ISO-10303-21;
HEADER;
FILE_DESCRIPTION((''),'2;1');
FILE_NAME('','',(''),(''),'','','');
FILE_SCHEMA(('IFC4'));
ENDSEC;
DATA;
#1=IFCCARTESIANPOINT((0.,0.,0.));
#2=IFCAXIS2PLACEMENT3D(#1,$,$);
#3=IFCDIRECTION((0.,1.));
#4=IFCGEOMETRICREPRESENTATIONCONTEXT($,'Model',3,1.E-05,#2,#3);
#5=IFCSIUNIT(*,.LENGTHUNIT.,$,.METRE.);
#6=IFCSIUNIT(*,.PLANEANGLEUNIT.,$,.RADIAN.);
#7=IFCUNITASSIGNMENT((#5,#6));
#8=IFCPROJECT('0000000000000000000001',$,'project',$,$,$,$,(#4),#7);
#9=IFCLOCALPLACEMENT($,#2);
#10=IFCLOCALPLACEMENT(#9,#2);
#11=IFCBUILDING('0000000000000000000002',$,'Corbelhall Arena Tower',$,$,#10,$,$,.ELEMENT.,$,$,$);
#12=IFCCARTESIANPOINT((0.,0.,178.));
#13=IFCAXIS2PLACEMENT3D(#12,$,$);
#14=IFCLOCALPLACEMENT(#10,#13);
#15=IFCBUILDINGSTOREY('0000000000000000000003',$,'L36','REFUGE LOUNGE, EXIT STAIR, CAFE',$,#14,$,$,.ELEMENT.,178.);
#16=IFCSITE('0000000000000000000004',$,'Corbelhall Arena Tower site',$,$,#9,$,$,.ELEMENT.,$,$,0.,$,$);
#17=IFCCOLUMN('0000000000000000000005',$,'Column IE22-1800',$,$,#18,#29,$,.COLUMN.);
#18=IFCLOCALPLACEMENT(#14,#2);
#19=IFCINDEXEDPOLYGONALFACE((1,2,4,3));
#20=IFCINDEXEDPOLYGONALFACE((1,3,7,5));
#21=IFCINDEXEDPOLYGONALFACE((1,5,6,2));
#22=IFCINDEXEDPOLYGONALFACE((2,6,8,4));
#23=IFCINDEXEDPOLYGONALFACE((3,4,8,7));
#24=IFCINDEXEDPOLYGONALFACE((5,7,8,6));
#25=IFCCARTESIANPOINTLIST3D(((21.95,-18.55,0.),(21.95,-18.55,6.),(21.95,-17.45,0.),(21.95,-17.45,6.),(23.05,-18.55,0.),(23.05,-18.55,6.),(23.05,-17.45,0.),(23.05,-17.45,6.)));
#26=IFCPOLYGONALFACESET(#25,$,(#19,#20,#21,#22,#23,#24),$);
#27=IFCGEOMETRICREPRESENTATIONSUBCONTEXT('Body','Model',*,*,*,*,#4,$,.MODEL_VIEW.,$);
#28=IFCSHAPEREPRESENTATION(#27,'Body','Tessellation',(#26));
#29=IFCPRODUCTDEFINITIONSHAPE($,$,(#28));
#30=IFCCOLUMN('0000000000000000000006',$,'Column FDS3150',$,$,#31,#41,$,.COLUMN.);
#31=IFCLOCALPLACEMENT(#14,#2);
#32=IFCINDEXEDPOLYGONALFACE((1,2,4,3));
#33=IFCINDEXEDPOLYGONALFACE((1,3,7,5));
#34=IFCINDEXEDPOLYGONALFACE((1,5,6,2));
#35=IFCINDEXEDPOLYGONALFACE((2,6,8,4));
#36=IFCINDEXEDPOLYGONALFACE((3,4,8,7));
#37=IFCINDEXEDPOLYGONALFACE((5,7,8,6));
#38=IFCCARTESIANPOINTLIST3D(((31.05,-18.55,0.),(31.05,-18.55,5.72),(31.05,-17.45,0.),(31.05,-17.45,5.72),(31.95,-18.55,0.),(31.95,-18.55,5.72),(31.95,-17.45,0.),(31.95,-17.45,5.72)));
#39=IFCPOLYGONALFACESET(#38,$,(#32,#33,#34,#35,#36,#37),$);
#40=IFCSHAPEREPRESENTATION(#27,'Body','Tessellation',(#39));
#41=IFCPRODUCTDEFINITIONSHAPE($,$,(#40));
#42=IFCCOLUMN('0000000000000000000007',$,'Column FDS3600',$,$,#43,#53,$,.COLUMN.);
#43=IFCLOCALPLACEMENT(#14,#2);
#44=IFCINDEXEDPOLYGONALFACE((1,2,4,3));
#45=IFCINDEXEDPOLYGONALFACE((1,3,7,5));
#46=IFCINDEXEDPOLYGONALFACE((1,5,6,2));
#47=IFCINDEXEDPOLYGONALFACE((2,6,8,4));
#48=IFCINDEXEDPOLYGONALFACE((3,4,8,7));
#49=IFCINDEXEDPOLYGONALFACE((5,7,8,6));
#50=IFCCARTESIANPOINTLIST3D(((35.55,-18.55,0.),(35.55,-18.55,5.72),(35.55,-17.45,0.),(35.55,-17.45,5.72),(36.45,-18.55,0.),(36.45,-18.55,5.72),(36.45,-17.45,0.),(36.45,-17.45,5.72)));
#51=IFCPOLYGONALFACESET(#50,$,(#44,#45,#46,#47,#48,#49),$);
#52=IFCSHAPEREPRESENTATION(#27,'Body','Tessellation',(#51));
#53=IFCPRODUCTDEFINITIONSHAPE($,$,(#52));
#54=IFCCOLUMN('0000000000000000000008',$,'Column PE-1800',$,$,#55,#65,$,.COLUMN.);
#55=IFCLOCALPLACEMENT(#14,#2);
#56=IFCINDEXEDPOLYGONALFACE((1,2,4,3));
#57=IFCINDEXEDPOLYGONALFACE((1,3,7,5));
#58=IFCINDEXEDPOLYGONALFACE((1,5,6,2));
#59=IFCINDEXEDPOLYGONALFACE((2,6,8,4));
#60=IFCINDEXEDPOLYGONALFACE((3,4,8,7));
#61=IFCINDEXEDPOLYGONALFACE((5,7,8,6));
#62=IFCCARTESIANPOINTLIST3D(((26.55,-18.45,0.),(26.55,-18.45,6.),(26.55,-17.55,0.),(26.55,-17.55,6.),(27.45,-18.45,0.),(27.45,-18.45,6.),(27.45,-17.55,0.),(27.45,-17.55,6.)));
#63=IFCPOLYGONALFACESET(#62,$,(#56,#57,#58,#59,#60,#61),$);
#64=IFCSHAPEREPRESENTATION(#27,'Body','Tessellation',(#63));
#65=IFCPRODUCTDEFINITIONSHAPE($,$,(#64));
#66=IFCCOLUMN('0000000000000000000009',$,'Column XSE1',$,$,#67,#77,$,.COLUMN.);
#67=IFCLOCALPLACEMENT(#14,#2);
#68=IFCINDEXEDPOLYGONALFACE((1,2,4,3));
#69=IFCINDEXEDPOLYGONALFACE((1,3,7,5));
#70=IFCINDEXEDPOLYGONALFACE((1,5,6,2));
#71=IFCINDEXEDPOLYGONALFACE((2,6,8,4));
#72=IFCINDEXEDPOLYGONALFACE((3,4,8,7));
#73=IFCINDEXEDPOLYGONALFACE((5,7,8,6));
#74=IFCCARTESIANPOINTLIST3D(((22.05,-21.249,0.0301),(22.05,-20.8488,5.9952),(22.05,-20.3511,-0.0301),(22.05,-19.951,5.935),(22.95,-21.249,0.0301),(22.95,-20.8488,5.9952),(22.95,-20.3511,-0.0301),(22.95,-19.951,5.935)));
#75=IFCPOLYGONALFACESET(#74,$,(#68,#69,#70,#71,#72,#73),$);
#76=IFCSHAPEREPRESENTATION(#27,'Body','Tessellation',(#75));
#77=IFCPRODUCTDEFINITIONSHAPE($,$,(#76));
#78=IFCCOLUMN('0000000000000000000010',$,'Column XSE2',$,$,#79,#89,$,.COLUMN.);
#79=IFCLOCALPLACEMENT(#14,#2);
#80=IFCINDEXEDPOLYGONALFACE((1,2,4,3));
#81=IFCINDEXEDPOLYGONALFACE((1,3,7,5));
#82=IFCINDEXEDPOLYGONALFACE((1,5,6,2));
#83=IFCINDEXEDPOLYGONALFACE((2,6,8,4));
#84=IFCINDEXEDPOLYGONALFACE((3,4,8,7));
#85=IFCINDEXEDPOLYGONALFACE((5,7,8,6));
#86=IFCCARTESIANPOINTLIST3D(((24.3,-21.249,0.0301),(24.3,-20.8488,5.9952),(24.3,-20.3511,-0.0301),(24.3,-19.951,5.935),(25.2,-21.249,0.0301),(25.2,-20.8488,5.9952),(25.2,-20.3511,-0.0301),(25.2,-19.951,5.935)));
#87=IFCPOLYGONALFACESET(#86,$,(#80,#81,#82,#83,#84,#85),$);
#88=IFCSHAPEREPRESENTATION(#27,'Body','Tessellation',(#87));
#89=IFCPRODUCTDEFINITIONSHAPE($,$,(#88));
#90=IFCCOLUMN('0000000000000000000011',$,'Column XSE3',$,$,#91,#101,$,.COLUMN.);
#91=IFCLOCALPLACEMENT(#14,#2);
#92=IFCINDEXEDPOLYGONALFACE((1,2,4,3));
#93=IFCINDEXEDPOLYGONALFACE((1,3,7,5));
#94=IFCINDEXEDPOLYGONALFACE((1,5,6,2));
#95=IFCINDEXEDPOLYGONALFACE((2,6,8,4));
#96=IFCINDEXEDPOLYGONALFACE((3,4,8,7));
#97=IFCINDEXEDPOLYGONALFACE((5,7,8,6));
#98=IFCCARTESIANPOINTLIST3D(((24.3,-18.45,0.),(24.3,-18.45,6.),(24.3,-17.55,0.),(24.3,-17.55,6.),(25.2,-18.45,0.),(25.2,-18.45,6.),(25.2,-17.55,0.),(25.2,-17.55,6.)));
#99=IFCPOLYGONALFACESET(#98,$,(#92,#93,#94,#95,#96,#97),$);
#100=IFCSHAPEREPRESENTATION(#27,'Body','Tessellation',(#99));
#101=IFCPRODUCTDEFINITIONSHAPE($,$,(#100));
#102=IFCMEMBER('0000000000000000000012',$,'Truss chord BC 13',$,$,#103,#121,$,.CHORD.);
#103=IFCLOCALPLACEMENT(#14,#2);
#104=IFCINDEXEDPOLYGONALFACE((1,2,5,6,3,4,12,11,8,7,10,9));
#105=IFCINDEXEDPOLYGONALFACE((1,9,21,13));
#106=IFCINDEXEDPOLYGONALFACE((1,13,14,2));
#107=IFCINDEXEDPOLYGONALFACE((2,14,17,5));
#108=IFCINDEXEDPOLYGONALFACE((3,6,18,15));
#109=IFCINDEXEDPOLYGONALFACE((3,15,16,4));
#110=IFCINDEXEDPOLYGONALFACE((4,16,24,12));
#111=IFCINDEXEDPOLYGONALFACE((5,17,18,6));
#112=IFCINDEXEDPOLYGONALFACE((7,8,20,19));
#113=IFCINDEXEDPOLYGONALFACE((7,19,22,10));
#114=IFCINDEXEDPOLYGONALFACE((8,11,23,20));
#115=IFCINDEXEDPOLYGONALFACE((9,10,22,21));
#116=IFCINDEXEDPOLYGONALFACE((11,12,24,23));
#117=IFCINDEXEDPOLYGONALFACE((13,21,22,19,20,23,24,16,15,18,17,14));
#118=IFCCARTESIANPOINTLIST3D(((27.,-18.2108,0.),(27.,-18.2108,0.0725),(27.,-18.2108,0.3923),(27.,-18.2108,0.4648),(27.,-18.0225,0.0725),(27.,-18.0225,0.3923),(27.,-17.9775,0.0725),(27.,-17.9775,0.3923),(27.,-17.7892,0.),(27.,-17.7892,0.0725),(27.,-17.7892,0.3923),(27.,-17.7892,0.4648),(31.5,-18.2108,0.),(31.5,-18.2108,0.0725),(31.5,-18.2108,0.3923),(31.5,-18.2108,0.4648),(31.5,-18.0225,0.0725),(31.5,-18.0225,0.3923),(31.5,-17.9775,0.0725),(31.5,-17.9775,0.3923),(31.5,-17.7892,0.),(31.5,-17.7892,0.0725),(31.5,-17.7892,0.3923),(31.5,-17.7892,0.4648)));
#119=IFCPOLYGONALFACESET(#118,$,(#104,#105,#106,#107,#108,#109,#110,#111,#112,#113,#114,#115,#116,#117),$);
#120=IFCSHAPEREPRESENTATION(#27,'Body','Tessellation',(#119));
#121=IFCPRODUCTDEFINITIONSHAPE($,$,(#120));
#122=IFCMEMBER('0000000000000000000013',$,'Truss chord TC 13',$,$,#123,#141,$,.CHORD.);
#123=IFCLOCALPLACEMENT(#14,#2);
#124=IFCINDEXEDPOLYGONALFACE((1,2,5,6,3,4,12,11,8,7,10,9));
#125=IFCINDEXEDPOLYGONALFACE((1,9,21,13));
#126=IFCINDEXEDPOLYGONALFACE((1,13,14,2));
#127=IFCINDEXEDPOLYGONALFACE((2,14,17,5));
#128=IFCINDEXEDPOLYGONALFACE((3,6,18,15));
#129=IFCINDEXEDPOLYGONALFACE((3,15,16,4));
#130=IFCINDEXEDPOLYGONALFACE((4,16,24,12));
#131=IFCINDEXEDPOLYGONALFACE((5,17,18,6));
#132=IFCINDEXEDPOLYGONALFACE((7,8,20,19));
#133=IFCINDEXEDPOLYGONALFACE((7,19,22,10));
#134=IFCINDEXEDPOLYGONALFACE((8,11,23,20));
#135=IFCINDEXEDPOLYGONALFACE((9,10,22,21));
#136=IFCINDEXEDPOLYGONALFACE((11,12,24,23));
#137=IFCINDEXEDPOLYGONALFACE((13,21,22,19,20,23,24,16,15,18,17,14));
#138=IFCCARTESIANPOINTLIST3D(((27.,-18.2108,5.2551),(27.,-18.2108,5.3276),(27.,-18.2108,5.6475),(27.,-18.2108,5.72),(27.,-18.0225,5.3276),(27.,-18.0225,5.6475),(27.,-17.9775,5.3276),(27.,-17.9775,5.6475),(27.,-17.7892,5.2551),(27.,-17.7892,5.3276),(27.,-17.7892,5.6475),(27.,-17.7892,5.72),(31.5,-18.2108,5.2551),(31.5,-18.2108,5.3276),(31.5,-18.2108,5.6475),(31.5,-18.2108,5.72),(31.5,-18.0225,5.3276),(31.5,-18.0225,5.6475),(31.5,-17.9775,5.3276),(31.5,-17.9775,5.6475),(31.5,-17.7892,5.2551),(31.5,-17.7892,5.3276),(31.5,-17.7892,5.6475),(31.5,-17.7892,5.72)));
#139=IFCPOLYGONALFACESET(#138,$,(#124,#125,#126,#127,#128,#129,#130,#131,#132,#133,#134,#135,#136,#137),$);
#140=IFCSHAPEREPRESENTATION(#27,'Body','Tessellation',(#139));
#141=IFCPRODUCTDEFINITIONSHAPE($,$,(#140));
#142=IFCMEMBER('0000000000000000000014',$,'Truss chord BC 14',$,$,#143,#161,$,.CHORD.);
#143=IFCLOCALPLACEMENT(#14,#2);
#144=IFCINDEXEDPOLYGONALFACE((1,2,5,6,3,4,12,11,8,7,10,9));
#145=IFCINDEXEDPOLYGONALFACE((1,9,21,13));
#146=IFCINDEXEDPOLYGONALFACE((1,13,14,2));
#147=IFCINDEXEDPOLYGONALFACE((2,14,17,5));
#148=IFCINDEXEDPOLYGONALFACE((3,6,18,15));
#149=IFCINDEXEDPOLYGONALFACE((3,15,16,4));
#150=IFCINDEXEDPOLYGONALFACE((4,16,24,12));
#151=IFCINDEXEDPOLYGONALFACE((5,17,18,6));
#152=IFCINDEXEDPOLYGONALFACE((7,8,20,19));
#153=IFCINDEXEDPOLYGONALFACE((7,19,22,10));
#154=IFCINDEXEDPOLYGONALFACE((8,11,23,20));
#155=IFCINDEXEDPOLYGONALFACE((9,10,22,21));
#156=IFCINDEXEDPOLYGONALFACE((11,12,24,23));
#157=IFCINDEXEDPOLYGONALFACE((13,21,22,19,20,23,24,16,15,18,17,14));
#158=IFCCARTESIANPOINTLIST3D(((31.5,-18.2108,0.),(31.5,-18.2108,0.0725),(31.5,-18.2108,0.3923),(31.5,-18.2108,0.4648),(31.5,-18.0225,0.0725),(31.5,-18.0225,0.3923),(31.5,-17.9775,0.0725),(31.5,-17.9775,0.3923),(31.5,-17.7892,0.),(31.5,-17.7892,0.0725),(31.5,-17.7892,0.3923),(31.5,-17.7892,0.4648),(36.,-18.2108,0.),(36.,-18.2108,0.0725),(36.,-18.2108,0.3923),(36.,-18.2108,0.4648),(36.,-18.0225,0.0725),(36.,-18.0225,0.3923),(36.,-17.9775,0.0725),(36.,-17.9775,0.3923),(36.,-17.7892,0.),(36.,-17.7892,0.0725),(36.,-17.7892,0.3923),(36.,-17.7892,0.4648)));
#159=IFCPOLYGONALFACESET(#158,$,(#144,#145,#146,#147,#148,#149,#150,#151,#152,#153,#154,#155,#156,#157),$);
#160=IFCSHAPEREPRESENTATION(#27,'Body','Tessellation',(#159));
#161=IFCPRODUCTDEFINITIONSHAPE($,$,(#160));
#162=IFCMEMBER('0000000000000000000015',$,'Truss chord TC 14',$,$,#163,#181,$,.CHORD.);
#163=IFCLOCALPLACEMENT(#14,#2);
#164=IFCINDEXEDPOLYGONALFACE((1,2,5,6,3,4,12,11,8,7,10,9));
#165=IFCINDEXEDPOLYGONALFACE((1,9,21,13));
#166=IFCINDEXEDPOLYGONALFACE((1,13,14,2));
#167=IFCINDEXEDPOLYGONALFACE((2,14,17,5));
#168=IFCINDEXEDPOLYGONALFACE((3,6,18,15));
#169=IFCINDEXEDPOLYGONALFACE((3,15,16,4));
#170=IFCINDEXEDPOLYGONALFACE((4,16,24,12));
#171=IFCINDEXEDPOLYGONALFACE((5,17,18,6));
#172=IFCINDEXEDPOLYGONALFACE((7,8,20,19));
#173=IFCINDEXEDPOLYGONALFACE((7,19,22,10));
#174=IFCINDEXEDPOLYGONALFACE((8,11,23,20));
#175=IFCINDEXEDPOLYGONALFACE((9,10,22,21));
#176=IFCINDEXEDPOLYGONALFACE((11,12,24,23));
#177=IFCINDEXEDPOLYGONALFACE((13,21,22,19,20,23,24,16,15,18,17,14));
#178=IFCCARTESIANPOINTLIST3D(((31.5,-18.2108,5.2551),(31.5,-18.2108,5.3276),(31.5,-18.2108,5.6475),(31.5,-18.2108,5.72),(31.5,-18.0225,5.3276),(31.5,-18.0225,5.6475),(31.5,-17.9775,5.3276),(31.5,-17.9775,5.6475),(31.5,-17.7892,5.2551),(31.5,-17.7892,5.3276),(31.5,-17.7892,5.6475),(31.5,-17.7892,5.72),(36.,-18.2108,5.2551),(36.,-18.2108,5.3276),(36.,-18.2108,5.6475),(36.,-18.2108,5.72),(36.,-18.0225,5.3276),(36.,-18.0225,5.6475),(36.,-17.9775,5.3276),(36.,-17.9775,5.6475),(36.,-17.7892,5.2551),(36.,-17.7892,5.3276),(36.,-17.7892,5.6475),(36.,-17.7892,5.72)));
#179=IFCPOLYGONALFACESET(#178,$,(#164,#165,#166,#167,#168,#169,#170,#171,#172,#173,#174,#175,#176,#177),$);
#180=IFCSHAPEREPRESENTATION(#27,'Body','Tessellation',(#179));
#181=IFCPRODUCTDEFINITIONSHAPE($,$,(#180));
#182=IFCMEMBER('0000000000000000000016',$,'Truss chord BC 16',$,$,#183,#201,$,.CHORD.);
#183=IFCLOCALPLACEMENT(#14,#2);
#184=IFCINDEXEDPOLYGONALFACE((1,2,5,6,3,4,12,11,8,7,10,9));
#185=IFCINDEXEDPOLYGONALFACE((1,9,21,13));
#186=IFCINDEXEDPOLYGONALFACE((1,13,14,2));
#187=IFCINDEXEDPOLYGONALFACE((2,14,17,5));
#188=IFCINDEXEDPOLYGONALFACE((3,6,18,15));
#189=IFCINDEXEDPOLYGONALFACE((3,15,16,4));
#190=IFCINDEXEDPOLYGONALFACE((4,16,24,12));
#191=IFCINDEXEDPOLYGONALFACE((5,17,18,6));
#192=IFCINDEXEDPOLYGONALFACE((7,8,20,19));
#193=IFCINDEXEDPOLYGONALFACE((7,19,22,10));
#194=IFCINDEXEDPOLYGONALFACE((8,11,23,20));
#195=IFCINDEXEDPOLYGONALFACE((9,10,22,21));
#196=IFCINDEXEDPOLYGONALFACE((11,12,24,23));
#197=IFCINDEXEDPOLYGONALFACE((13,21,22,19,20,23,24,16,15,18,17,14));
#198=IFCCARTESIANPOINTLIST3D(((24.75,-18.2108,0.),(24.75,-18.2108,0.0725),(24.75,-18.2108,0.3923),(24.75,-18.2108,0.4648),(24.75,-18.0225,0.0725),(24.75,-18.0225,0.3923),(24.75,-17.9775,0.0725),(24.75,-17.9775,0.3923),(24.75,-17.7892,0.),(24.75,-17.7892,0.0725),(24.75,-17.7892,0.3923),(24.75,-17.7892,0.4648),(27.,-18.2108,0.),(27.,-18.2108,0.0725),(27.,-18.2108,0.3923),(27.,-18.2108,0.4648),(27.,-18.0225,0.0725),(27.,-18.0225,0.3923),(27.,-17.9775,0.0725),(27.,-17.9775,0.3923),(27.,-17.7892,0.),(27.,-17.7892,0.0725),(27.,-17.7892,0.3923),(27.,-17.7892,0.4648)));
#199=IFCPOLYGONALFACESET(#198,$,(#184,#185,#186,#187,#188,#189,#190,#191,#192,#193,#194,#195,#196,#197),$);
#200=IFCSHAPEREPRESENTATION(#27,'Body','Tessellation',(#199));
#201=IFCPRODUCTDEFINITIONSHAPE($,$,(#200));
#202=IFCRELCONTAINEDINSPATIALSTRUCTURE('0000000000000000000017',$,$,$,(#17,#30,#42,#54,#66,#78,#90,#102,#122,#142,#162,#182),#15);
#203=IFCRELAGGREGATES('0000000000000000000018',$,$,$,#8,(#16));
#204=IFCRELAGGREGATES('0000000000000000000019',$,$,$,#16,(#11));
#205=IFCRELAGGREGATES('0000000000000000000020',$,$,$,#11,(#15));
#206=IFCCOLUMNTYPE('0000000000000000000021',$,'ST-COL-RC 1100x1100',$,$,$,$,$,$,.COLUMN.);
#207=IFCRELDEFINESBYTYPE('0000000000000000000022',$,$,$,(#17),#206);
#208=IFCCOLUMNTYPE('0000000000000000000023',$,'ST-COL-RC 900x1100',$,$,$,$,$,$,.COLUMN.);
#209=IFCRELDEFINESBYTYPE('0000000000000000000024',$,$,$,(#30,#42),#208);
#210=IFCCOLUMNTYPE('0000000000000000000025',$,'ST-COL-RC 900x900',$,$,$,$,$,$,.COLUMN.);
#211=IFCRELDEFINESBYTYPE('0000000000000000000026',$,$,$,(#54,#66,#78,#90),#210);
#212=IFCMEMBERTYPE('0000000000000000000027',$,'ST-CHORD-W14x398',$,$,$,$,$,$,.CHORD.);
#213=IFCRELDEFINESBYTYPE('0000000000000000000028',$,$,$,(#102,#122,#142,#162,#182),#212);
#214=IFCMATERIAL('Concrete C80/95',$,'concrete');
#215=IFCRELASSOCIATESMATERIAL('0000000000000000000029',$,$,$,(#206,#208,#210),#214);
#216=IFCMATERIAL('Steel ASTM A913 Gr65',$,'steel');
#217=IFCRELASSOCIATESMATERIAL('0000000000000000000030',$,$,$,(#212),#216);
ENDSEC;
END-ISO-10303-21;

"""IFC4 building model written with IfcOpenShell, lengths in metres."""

from ifc_helpers import new_model, si_unit, direction, frame, origin, origin_2d, place, context, subcontext, project, spatial, rectangle, i_section, extrude, material, material_profile, profile_set, type_object, element, save


model = new_model("IFC4")

# Units and contexts
model_context = context("Model", 3, precision=1e-05, world=origin(), true_north=direction((0.0, 1.0)))
body_context = subcontext(model_context, "Body", "Model", "MODEL_VIEW")
ifc_project = project(units=[si_unit("LENGTHUNIT", "METRE"), si_unit("PLANEANGLEUNIT", "RADIAN")], contexts=[model_context])

# Site, building, storey
site_placement = place(None, origin())
site = spatial("IfcSite", under=ifc_project, at=site_placement, Name="Corbelhall Arena Tower site", CompositionType="ELEMENT", RefElevation=0.0)
building_placement = place(site_placement, origin())
building = spatial("IfcBuilding", under=site, at=building_placement, Name="Corbelhall Arena Tower", CompositionType="ELEMENT")
storey_placement = place(building_placement, frame((0.0, 0.0, 178.0)))
storey = spatial("IfcBuildingStorey", under=building, at=storey_placement, Name="L36", Description="REFUGE LOUNGE, EXIT STAIR, CAFE", CompositionType="ELEMENT", Elevation=178.0)

# Columns
ifc_material_1 = material(Name="Concrete C80/95", Category="concrete")
ifc_material_profile_1 = material_profile(ifc_material_1, rectangle(XDim=1.1001, YDim=1.1001, at=origin_2d()))
ifc_profile_set_1 = profile_set([ifc_material_profile_1], Name="Concrete C80/95")
column_type_1 = type_object("IfcColumnType", Name="ST-COL-RC 1100x1100", PredefinedType="COLUMN", material=ifc_profile_set_1)
column_1_placement = place(storey_placement, frame((22.5, -18.0, 0.0), z_axis=(0.0, 0.0, 1.0), x_axis=(1.0, 0.0, 0.0)))
element("IfcColumn", 1, at=column_1_placement, inside=storey, type_object=column_type_1, Name="Column IE22-1800", PredefinedType="COLUMN", context=body_context, shape_type="SweptSolid", body=[
    extrude(rectangle(XDim=1.1001, YDim=1.1001, at=origin_2d()), origin(), (0.0, 0.0, 1.0), 6.0),
])
ifc_material_profile_2 = material_profile(ifc_material_1, rectangle(XDim=0.8999, YDim=1.1001, at=origin_2d()))
ifc_profile_set_2 = profile_set([ifc_material_profile_2], Name="Concrete C80/95")
column_type_2 = type_object("IfcColumnType", Name="ST-COL-RC 900x1100", PredefinedType="COLUMN", material=ifc_profile_set_2)
for number, where, z_axis, x_axis, name in (
    (2, (31.5, -18.0, 0.0), (0.0, 0.0, 1.0), (1.0, 0.0, 0.0), "Column FDS3150"),
    (3, (36.0, -18.0, 0.0), (0.0, 0.0, 1.0), (1.0, 0.0, 0.0), "Column FDS3600"),
):
    element("IfcColumn", number, at=place(storey_placement, frame(where, z_axis=z_axis, x_axis=x_axis)), inside=storey, type_object=column_type_2, Name=name, PredefinedType="COLUMN", context=body_context, shape_type="SweptSolid", body=[
        extrude(rectangle(XDim=0.8999, YDim=1.1001, at=origin_2d()), origin(), (0.0, 0.0, 1.0), 5.72),
    ])
ifc_material_profile_3 = material_profile(ifc_material_1, rectangle(XDim=0.8999, YDim=0.8999, at=origin_2d()))
ifc_profile_set_3 = profile_set([ifc_material_profile_3], Name="Concrete C80/95")
column_type_3 = type_object("IfcColumnType", Name="ST-COL-RC 900x900", PredefinedType="COLUMN", material=ifc_profile_set_3)
column_2_placement = place(storey_placement, frame((27.0, -18.0, 0.0), z_axis=(0.0, 0.0, 1.0), x_axis=(1.0, 0.0, 0.0)))
element("IfcColumn", 4, at=column_2_placement, inside=storey, type_object=column_type_3, Name="Column PE-1800", PredefinedType="COLUMN", context=body_context, shape_type="SweptSolid", body=[
    extrude(rectangle(XDim=0.8999, YDim=0.8999, at=origin_2d()), origin(), (0.0, 0.0, 1.0), 6.0),
])
for number, where, z_axis, x_axis, name in (
    (5, (22.5, -20.8, 0.0), (0.0, 0.066931, 0.997758), (-1.0, 0.0, 0.0), "Column XSE1"),
    (6, (24.75, -20.8, 0.0), (0.0, 0.066931, 0.997758), (-1.0, 0.0, 0.0), "Column XSE2"),
):
    element("IfcColumn", number, at=place(storey_placement, frame(where, z_axis=z_axis, x_axis=x_axis)), inside=storey, type_object=column_type_3, Name=name, PredefinedType="COLUMN", context=body_context, shape_type="SweptSolid", body=[
        extrude(rectangle(XDim=0.8999, YDim=0.8999, at=origin_2d()), origin(), (0.0, 0.0, 1.0), 5.9785),
    ])
column_3_placement = place(storey_placement, frame((24.75, -18.0, 0.0), z_axis=(0.0, 0.0, 1.0), x_axis=(1.0, 0.0, 0.0)))
element("IfcColumn", 7, at=column_3_placement, inside=storey, type_object=column_type_3, Name="Column XSE3", PredefinedType="COLUMN", context=body_context, shape_type="SweptSolid", body=[
    extrude(rectangle(XDim=0.8999, YDim=0.8999, at=origin_2d()), origin(), (0.0, 0.0, 1.0), 6.0),
])

# Members
ifc_material_2 = material(Name="Steel ASTM A913 Gr65", Category="steel")
ifc_material_profile_4 = material_profile(ifc_material_2, i_section(OverallWidth=0.4216, OverallDepth=0.4648, WebThickness=0.0449, FlangeThickness=0.0725, at=origin_2d()))
ifc_profile_set_4 = profile_set([ifc_material_profile_4], Name="Steel ASTM A913 Gr65")
member_type_1 = type_object("IfcMemberType", Name="ST-CHORD-W14x398", PredefinedType="CHORD", material=ifc_profile_set_4)
for number, where, z_axis, x_axis, name in (
    (8, (31.5, -18.0, 0.2324), (-1.0, 0.0, 0.0), (0.0, -1.0, 0.0), "Truss chord BC 13"),
    (9, (31.5, -18.0, 5.4875), (-1.0, 0.0, 0.0), (0.0, -1.0, 0.0), "Truss chord TC 13"),
    (10, (36.0, -18.0, 0.2324), (-1.0, 0.0, 0.0), (0.0, -1.0, 0.0), "Truss chord BC 14"),
    (11, (36.0, -18.0, 5.4875), (-1.0, 0.0, 0.0), (0.0, -1.0, 0.0), "Truss chord TC 14"),
):
    element("IfcMember", number, at=place(storey_placement, frame(where, z_axis=z_axis, x_axis=x_axis)), inside=storey, type_object=member_type_1, Name=name, PredefinedType="CHORD", context=body_context, shape_type="SweptSolid", body=[
        extrude(i_section(OverallWidth=0.4216, OverallDepth=0.4648, WebThickness=0.0449, FlangeThickness=0.0725, at=origin_2d()), origin(), (0.0, 0.0, 1.0), 4.5),
    ])
for number, where, z_axis, x_axis, name in (
    (12, (27.0, -18.0, 0.2324), (-1.0, 0.0, 0.0), (0.0, -1.0, 0.0), "Truss chord BC 16"),
):
    element("IfcMember", number, at=place(storey_placement, frame(where, z_axis=z_axis, x_axis=x_axis)), inside=storey, type_object=member_type_1, Name=name, PredefinedType="CHORD", context=body_context, shape_type="SweptSolid", body=[
        extrude(i_section(OverallWidth=0.4216, OverallDepth=0.4648, WebThickness=0.0449, FlangeThickness=0.0725, at=origin_2d()), origin(), (0.0, 0.0, 1.0), 2.25),
    ])

save(model, "model.ifc")
